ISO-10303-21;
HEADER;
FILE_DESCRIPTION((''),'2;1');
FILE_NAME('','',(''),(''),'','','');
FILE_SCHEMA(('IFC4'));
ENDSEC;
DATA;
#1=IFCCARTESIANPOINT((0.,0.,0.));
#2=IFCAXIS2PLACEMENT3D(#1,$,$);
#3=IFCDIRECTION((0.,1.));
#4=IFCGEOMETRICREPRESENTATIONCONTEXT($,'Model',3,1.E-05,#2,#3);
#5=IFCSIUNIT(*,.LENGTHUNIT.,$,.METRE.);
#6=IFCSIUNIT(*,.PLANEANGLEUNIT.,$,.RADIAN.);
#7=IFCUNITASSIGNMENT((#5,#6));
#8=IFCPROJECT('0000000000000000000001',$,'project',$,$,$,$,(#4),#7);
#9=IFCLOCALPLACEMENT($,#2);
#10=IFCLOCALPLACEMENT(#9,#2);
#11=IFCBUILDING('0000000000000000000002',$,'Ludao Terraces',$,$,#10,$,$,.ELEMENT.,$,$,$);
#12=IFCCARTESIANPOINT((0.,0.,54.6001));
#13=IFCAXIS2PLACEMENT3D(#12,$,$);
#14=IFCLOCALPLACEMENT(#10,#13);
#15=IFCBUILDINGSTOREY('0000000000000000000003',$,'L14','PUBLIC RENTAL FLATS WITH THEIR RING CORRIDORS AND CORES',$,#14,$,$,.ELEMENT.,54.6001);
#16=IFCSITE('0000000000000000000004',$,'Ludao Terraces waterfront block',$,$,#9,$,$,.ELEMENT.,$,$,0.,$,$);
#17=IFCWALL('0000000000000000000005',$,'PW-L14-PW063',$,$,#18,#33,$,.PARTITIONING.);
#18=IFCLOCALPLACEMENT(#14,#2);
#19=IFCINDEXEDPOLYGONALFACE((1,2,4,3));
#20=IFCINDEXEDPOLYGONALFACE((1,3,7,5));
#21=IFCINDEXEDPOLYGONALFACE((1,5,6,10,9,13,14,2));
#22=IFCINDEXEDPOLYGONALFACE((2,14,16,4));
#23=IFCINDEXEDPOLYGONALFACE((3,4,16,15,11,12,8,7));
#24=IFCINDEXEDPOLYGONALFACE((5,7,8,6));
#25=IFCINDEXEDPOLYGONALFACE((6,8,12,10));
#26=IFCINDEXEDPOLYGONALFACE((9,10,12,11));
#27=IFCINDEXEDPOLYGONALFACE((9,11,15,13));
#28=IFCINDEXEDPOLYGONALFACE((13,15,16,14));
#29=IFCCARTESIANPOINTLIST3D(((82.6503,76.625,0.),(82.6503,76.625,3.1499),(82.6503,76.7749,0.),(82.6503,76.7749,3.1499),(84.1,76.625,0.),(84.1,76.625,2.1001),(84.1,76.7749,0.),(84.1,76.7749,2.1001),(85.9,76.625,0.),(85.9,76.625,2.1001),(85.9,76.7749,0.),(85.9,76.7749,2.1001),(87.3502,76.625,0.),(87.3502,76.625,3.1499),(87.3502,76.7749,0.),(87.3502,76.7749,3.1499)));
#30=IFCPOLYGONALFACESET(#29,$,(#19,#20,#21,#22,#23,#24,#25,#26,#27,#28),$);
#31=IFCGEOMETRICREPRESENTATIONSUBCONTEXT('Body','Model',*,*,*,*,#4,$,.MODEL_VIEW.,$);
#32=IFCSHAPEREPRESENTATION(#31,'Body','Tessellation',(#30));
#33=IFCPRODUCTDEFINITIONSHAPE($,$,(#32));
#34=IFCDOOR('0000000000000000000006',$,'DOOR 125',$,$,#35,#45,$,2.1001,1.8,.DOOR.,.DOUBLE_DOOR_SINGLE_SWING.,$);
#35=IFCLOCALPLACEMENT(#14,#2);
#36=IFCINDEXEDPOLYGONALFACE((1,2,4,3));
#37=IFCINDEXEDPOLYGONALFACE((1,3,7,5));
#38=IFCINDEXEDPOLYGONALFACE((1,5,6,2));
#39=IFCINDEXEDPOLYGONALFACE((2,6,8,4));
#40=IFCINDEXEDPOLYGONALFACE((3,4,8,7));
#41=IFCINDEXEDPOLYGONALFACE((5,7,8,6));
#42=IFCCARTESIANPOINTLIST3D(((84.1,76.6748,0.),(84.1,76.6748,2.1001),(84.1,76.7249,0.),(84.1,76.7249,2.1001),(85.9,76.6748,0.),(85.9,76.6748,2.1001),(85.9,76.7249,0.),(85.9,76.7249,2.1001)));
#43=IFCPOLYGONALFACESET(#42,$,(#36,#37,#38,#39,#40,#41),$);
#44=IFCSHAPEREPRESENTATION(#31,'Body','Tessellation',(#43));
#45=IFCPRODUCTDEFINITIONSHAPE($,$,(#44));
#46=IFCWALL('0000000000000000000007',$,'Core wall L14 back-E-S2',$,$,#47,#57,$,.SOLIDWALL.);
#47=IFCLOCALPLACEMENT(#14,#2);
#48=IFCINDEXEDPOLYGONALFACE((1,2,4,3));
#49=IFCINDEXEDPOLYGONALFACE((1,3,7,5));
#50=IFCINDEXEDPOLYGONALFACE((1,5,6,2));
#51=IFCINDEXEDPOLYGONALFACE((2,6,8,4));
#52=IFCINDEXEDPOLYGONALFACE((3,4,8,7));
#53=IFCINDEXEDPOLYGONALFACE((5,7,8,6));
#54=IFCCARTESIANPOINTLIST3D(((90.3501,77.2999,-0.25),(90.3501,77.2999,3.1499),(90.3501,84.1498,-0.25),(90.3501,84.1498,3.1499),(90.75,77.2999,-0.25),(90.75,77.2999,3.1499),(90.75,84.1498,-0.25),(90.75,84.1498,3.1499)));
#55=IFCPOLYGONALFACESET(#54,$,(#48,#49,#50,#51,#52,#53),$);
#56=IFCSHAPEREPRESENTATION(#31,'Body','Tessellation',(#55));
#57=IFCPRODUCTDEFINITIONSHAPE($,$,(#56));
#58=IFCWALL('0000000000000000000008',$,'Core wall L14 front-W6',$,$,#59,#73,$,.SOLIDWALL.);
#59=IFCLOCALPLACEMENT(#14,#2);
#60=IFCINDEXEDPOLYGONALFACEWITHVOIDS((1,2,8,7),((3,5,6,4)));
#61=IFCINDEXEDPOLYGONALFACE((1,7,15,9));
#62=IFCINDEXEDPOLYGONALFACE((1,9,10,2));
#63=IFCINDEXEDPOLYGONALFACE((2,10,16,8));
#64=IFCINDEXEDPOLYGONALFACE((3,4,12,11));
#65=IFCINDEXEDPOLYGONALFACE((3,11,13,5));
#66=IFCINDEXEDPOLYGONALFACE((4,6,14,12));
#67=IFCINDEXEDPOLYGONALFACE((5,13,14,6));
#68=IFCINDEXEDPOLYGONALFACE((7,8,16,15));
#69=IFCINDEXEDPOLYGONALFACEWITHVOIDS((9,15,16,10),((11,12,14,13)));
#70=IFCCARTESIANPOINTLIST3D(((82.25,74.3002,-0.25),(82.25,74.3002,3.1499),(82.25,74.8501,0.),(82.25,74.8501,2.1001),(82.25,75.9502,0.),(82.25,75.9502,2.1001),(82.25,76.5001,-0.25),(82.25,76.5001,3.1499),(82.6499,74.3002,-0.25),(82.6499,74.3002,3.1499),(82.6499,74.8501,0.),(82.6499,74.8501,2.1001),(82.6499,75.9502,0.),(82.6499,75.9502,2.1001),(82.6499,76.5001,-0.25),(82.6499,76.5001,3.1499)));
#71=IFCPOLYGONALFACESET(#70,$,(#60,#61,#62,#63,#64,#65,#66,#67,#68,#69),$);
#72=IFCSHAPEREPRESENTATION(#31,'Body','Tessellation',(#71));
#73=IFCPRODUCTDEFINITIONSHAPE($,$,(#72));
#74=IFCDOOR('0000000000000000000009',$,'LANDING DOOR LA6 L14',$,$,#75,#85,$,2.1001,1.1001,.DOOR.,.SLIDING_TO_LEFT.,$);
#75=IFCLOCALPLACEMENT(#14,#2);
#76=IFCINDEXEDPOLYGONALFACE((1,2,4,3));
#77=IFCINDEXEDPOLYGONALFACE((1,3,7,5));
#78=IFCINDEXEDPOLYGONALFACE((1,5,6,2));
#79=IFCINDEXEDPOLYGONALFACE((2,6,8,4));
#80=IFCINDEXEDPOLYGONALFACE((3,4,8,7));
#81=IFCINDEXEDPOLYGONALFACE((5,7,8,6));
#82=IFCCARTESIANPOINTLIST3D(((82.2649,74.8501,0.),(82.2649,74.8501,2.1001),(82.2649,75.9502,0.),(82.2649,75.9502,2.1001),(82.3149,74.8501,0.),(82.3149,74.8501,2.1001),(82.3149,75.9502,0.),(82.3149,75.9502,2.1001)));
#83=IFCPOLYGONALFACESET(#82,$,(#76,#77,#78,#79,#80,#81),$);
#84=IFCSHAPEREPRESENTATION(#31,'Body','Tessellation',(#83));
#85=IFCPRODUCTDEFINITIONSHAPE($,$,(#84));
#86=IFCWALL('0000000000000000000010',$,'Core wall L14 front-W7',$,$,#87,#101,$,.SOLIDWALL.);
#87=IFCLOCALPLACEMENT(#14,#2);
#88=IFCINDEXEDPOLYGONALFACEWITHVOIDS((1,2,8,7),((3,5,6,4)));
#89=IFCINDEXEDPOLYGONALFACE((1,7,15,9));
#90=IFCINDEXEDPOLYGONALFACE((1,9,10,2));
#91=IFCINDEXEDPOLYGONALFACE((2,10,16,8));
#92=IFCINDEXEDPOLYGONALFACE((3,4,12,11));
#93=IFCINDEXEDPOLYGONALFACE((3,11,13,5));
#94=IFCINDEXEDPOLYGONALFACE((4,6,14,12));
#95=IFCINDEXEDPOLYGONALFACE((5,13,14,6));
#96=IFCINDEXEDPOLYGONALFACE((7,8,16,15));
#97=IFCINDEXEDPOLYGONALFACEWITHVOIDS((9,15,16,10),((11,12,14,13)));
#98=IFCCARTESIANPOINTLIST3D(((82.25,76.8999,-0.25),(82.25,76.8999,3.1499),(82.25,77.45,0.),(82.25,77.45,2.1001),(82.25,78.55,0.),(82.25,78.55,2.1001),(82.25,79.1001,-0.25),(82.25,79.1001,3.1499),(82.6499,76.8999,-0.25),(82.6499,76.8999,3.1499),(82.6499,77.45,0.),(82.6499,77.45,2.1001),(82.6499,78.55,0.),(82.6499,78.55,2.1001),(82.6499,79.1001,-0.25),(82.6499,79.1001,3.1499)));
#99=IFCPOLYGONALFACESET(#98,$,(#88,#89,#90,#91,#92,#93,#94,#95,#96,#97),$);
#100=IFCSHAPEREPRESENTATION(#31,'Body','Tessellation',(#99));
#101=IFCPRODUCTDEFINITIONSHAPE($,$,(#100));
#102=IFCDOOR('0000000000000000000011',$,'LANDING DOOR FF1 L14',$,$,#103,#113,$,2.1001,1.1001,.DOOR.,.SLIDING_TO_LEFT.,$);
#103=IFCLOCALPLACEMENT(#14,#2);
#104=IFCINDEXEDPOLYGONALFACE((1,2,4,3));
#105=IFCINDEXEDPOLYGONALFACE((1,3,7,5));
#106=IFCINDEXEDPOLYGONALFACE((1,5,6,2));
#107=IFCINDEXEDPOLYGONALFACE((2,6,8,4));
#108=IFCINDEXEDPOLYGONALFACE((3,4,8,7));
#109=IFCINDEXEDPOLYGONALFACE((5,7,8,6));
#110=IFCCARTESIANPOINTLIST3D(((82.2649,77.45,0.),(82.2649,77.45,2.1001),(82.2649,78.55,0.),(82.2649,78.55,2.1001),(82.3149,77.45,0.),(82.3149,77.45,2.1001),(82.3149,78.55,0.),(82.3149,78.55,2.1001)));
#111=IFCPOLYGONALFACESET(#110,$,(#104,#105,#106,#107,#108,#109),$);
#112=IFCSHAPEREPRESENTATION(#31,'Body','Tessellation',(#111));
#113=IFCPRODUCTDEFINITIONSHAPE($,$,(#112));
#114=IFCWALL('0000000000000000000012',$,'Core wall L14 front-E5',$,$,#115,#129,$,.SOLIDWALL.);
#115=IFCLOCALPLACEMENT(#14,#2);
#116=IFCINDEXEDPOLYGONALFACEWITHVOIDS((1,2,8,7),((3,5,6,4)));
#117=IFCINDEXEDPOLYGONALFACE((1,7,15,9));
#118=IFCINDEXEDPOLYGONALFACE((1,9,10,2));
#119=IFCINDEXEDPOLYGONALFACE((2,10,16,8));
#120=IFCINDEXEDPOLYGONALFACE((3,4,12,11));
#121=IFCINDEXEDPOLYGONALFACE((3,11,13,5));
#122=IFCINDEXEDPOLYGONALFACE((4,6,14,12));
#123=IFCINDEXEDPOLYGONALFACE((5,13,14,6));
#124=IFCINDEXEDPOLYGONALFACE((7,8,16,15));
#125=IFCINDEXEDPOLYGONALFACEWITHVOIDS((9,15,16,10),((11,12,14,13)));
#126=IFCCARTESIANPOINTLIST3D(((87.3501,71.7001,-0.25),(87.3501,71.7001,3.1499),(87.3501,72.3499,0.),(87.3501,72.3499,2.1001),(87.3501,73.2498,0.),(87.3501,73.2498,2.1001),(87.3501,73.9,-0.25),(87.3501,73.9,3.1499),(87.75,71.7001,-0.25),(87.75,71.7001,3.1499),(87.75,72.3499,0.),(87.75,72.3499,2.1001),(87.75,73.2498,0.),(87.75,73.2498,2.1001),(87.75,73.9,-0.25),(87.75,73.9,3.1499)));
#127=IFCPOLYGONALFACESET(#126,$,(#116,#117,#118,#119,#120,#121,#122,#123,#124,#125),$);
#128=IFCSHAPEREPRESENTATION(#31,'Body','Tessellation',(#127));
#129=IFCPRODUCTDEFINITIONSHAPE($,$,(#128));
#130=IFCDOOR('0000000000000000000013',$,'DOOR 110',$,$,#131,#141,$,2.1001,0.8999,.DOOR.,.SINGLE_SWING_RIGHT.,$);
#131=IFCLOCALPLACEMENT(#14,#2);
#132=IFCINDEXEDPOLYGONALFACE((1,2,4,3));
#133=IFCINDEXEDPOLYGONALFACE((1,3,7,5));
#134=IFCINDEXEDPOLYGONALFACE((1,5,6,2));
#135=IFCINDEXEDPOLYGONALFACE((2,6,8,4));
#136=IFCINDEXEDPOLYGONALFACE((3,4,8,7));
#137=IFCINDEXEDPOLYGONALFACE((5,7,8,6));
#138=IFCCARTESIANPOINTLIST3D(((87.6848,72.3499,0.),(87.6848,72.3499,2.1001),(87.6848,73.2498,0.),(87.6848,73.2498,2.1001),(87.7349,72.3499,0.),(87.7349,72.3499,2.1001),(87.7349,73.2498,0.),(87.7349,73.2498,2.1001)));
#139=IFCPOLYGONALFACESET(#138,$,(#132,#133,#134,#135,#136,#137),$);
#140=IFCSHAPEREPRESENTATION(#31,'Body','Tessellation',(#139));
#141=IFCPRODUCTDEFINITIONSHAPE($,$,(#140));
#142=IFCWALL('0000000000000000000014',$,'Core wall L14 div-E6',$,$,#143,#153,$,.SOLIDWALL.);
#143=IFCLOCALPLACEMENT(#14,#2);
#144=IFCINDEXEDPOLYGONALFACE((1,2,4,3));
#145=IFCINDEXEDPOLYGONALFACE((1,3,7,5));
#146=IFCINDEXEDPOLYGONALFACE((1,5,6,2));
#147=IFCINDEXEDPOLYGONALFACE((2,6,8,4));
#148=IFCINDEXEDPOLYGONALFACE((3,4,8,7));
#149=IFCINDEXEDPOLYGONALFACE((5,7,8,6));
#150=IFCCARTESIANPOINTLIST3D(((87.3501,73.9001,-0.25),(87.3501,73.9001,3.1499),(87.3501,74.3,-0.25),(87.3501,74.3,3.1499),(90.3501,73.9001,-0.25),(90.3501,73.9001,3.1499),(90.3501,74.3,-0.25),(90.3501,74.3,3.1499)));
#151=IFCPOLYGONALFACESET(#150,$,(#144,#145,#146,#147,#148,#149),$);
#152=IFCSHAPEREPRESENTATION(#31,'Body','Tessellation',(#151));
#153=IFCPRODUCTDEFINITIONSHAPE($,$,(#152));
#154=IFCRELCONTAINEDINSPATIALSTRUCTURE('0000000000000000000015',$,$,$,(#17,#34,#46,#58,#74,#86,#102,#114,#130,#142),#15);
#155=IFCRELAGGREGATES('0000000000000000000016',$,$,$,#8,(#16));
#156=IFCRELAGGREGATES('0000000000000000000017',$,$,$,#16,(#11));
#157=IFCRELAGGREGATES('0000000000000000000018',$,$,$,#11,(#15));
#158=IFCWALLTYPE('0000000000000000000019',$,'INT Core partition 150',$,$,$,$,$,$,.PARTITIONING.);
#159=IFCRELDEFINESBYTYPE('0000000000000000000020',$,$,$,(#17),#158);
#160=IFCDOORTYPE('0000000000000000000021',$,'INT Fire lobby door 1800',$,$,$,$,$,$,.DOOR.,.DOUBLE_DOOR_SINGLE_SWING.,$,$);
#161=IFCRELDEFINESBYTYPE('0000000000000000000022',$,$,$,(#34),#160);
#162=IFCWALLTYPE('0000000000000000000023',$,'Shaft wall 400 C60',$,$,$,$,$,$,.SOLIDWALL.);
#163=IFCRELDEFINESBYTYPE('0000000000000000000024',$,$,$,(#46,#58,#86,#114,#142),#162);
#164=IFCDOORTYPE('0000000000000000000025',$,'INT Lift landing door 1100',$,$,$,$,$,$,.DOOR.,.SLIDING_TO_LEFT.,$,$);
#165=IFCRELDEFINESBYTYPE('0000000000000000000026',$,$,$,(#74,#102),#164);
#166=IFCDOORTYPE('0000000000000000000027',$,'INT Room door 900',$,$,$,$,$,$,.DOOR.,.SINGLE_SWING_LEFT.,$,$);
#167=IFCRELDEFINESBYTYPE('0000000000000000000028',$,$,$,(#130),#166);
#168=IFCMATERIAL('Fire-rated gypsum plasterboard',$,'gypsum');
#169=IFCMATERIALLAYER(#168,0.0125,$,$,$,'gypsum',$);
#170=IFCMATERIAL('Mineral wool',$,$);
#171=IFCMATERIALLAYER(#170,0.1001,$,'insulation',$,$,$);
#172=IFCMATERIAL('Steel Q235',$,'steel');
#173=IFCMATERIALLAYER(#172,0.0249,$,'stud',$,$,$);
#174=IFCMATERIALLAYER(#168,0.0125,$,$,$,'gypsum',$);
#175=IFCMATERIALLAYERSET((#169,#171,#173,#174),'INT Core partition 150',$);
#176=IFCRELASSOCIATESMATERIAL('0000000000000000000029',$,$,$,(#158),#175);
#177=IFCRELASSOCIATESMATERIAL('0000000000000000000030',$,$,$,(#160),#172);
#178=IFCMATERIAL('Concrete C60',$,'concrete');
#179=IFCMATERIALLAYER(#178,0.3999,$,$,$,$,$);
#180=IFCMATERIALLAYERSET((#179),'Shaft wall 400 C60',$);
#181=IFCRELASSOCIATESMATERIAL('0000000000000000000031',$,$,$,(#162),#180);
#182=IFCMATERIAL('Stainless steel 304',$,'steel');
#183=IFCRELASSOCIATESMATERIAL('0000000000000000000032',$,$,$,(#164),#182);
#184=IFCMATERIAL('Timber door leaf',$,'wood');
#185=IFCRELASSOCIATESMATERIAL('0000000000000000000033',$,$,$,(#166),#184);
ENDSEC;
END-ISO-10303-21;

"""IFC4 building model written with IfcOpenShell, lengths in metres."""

from ifc_helpers import new_model, si_unit, direction, frame, frame_2d, origin, place, context, subcontext, project, spatial, rectangle, extrude, material, layer, layer_set, type_object, element, fill, save


model = new_model("IFC4")

# Units and contexts
model_context = context("Model", 3, precision=1e-05, world=origin(), true_north=direction((0.0, 1.0)))
body_context = subcontext(model_context, "Body", "Model", "MODEL_VIEW")
ifc_project = project(units=[si_unit("LENGTHUNIT", "METRE"), si_unit("PLANEANGLEUNIT", "RADIAN")], contexts=[model_context])

# Site, building, storey
site_placement = place(None, origin())
site = spatial("IfcSite", under=ifc_project, at=site_placement, Name="Ludao Terraces waterfront block", CompositionType="ELEMENT", RefElevation=0.0)
building_placement = place(site_placement, origin())
building = spatial("IfcBuilding", under=site, at=building_placement, Name="Ludao Terraces", CompositionType="ELEMENT")
storey_placement = place(building_placement, frame((0.0, 0.0, 54.6001)))
storey = spatial("IfcBuildingStorey", under=building, at=storey_placement, Name="L14", Description="PUBLIC RENTAL FLATS WITH THEIR RING CORRIDORS AND CORES", CompositionType="ELEMENT", Elevation=54.6001)

# Wall, opening, door
ifc_material_1 = material(Name="Fire-rated gypsum plasterboard", Category="gypsum")
ifc_layer_1 = layer(ifc_material_1, 0.0125, Category="gypsum")
ifc_material_2 = material(Name="Mineral wool")
ifc_layer_2 = layer(ifc_material_2, 0.1001, Name="insulation")
ifc_material_3 = material(Name="Steel Q235", Category="steel")
ifc_layer_3 = layer(ifc_material_3, 0.0249, Name="stud")
ifc_layer_4 = layer(ifc_material_1, 0.0125, Category="gypsum")
ifc_layer_set_1 = layer_set([ifc_layer_1, ifc_layer_2, ifc_layer_3, ifc_layer_4], Name="INT Core partition 150")
wall_type_1 = type_object("IfcWallType", Name="INT Core partition 150", PredefinedType="PARTITIONING", material=ifc_layer_set_1)
wall_1_placement = place(storey_placement, frame((82.6501, 76.7, 0.0), z_axis=(0.0, 0.0, 1.0), x_axis=(1.0, 0.0, 0.0)))
wall_1 = element("IfcWall", 1, at=wall_1_placement, inside=storey, type_object=wall_type_1, Name="PW-L14-PW063", PredefinedType="PARTITIONING", context=body_context, shape_type="SweptSolid", body=[
    extrude(rectangle(XDim=4.7, YDim=0.1499, at=frame_2d((2.3501, 0.0))), origin(), (0.0, 0.0, 1.0), 3.1499),
])
opening_1_placement = place(wall_1_placement, frame((1.45, 0.0, 0.0)))
opening_1 = element("IfcOpeningElement", 2, at=opening_1_placement, cuts=wall_1, PredefinedType="OPENING", context=body_context, shape_type="SweptSolid", body=[
    extrude(rectangle(XDim=1.8, YDim=2.1001, at=frame_2d((0.8999, 1.05))), frame((0.0, 0.085, 0.0), z_axis=(0.0, -1.0, 0.0), x_axis=(1.0, 0.0, 0.0)), (0.0, 0.0, 1.0), 0.1699),
])
door_type_1 = type_object("IfcDoorType", Name="INT Fire lobby door 1800", OperationType="DOUBLE_DOOR_SINGLE_SWING", PredefinedType="DOOR", material=ifc_material_3)
door_1_placement = place(opening_1_placement, origin())
door_1 = element("IfcDoor", 3, at=door_1_placement, inside=storey, type_object=door_type_1, Name="DOOR 125", OperationType="DOUBLE_DOOR_SINGLE_SWING", OverallHeight=2.1001, OverallWidth=1.8, PredefinedType="DOOR", context=body_context, shape_type="SweptSolid", body=[
    extrude(rectangle(XDim=1.8, YDim=2.1001, at=frame_2d((0.8999, 1.05))), frame((0.0, 0.0249, 0.0), z_axis=(0.0, -1.0, 0.0), x_axis=(1.0, 0.0, 0.0)), (0.0, 0.0, 1.0), 0.05),
])
fill(opening_1, door_1)

# Wall
ifc_material_4 = material(Name="Concrete C60", Category="concrete")
ifc_layer_5 = layer(ifc_material_4, 0.3999)
ifc_layer_set_2 = layer_set([ifc_layer_5], Name="Shaft wall 400 C60")
wall_type_2 = type_object("IfcWallType", Name="Shaft wall 400 C60", PredefinedType="SOLIDWALL", material=ifc_layer_set_2)
wall_2_placement = place(storey_placement, frame((90.55, 77.3, -0.25), z_axis=(0.0, 0.0, 1.0), x_axis=(0.0, 1.0, 0.0)))
element("IfcWall", 4, at=wall_2_placement, inside=storey, type_object=wall_type_2, Name="Core wall L14 back-E-S2", PredefinedType="SOLIDWALL", context=body_context, shape_type="SweptSolid", body=[
    extrude(rectangle(XDim=6.8499, YDim=0.3999, at=frame_2d((3.4248, 0.0))), origin(), (0.0, 0.0, 1.0), 3.3999),
])

# Walls, openings, doors
wall_3_placement = place(storey_placement, frame((82.45, 74.3, -0.25), z_axis=(0.0, 0.0, 1.0), x_axis=(0.0, 1.0, 0.0)))
wall_3 = element("IfcWall", 5, at=wall_3_placement, inside=storey, type_object=wall_type_2, Name="Core wall L14 front-W6", PredefinedType="SOLIDWALL", context=body_context, shape_type="SweptSolid", body=[
    extrude(rectangle(XDim=2.2, YDim=0.3999, at=frame_2d((1.1001, 0.0))), origin(), (0.0, 0.0, 1.0), 3.3999),
])
opening_2_placement = place(wall_3_placement, frame((0.55, 0.0, 0.25)))
opening_2 = element("IfcOpeningElement", 6, at=opening_2_placement, cuts=wall_3, PredefinedType="OPENING", context=body_context, shape_type="SweptSolid", body=[
    extrude(rectangle(XDim=1.1001, YDim=2.1001, at=frame_2d((0.55, 1.05))), frame((0.0, 0.21, 0.0), z_axis=(0.0, -1.0, 0.0), x_axis=(1.0, 0.0, 0.0)), (0.0, 0.0, 1.0), 0.4199),
])
ifc_material_5 = material(Name="Stainless steel 304", Category="steel")
door_type_2 = type_object("IfcDoorType", Name="INT Lift landing door 1100", OperationType="SLIDING_TO_LEFT", PredefinedType="DOOR", material=ifc_material_5)
door_2_placement = place(opening_2_placement, origin())
door_2 = element("IfcDoor", 7, at=door_2_placement, inside=storey, type_object=door_type_2, Name="LANDING DOOR LA6 L14", OperationType="SLIDING_TO_LEFT", OverallHeight=2.1001, OverallWidth=1.1001, PredefinedType="DOOR", context=body_context, shape_type="SweptSolid", body=[
    extrude(rectangle(XDim=1.1001, YDim=2.1001, at=frame_2d((0.55, 1.05))), frame((0.0, 0.1851, 0.0), z_axis=(0.0, -1.0, 0.0), x_axis=(1.0, 0.0, 0.0)), (0.0, 0.0, 1.0), 0.05),
])
fill(opening_2, door_2)
wall_4_placement = place(storey_placement, frame((82.45, 76.8999, -0.25), z_axis=(0.0, 0.0, 1.0), x_axis=(0.0, 1.0, 0.0)))
wall_4 = element("IfcWall", 8, at=wall_4_placement, inside=storey, type_object=wall_type_2, Name="Core wall L14 front-W7", PredefinedType="SOLIDWALL", context=body_context, shape_type="SweptSolid", body=[
    extrude(rectangle(XDim=2.2002, YDim=0.3999, at=frame_2d((1.1001, 0.0))), origin(), (0.0, 0.0, 1.0), 3.3999),
])
opening_3_placement = place(wall_4_placement, frame((0.55, 0.0, 0.25)))
opening_3 = element("IfcOpeningElement", 9, at=opening_3_placement, cuts=wall_4, PredefinedType="OPENING", context=body_context, shape_type="SweptSolid", body=[
    extrude(rectangle(XDim=1.1001, YDim=2.1001, at=frame_2d((0.55, 1.05))), frame((0.0, 0.21, 0.0), z_axis=(0.0, -1.0, 0.0), x_axis=(1.0, 0.0, 0.0)), (0.0, 0.0, 1.0), 0.4199),
])
door_3_placement = place(opening_3_placement, origin())
door_3 = element("IfcDoor", 10, at=door_3_placement, inside=storey, type_object=door_type_2, Name="LANDING DOOR FF1 L14", OperationType="SLIDING_TO_LEFT", OverallHeight=2.1001, OverallWidth=1.1001, PredefinedType="DOOR", context=body_context, shape_type="SweptSolid", body=[
    extrude(rectangle(XDim=1.1001, YDim=2.1001, at=frame_2d((0.55, 1.05))), frame((0.0, 0.1851, 0.0), z_axis=(0.0, -1.0, 0.0), x_axis=(1.0, 0.0, 0.0)), (0.0, 0.0, 1.0), 0.05),
])
fill(opening_3, door_3)
wall_5_placement = place(storey_placement, frame((87.55, 71.7, -0.25), z_axis=(0.0, 0.0, 1.0), x_axis=(0.0, 1.0, 0.0)))
wall_5 = element("IfcWall", 11, at=wall_5_placement, inside=storey, type_object=wall_type_2, Name="Core wall L14 front-E5", PredefinedType="SOLIDWALL", context=body_context, shape_type="SweptSolid", body=[
    extrude(rectangle(XDim=2.2, YDim=0.3999, at=frame_2d((1.1001, 0.0))), origin(), (0.0, 0.0, 1.0), 3.3999),
])
opening_4_placement = place(wall_5_placement, frame((0.6499, 0.0, 0.25)))
opening_4 = element("IfcOpeningElement", 12, at=opening_4_placement, cuts=wall_5, PredefinedType="OPENING", context=body_context, shape_type="SweptSolid", body=[
    extrude(rectangle(XDim=0.8999, YDim=2.1001, at=frame_2d((0.45, 1.05))), frame((0.0, 0.21, 0.0), z_axis=(0.0, -1.0, 0.0), x_axis=(1.0, 0.0, 0.0)), (0.0, 0.0, 1.0), 0.4199),
])
ifc_material_6 = material(Name="Timber door leaf", Category="wood")
door_type_3 = type_object("IfcDoorType", Name="INT Room door 900", OperationType="SINGLE_SWING_LEFT", PredefinedType="DOOR", material=ifc_material_6)
door_4_placement = place(opening_4_placement, origin())
door_4 = element("IfcDoor", 13, at=door_4_placement, inside=storey, type_object=door_type_3, Name="DOOR 110", OperationType="SINGLE_SWING_RIGHT", OverallHeight=2.1001, OverallWidth=0.8999, PredefinedType="DOOR", context=body_context, shape_type="SweptSolid", body=[
    extrude(rectangle(XDim=0.8999, YDim=2.1001, at=frame_2d((0.45, 1.05))), frame((0.0, -0.1348, 0.0), z_axis=(0.0, -1.0, 0.0), x_axis=(1.0, 0.0, 0.0)), (0.0, 0.0, 1.0), 0.05),
])
fill(opening_4, door_4)

# Wall
wall_6_placement = place(storey_placement, frame((87.3501, 74.1001, -0.25), z_axis=(0.0, 0.0, 1.0), x_axis=(1.0, 0.0, 0.0)))
element("IfcWall", 14, at=wall_6_placement, inside=storey, type_object=wall_type_2, Name="Core wall L14 div-E6", PredefinedType="SOLIDWALL", context=body_context, shape_type="SweptSolid", body=[
    extrude(rectangle(XDim=3.0, YDim=0.3999, at=frame_2d((1.5, 0.0))), origin(), (0.0, 0.0, 1.0), 3.3999),
])

save(model, "model.ifc")
